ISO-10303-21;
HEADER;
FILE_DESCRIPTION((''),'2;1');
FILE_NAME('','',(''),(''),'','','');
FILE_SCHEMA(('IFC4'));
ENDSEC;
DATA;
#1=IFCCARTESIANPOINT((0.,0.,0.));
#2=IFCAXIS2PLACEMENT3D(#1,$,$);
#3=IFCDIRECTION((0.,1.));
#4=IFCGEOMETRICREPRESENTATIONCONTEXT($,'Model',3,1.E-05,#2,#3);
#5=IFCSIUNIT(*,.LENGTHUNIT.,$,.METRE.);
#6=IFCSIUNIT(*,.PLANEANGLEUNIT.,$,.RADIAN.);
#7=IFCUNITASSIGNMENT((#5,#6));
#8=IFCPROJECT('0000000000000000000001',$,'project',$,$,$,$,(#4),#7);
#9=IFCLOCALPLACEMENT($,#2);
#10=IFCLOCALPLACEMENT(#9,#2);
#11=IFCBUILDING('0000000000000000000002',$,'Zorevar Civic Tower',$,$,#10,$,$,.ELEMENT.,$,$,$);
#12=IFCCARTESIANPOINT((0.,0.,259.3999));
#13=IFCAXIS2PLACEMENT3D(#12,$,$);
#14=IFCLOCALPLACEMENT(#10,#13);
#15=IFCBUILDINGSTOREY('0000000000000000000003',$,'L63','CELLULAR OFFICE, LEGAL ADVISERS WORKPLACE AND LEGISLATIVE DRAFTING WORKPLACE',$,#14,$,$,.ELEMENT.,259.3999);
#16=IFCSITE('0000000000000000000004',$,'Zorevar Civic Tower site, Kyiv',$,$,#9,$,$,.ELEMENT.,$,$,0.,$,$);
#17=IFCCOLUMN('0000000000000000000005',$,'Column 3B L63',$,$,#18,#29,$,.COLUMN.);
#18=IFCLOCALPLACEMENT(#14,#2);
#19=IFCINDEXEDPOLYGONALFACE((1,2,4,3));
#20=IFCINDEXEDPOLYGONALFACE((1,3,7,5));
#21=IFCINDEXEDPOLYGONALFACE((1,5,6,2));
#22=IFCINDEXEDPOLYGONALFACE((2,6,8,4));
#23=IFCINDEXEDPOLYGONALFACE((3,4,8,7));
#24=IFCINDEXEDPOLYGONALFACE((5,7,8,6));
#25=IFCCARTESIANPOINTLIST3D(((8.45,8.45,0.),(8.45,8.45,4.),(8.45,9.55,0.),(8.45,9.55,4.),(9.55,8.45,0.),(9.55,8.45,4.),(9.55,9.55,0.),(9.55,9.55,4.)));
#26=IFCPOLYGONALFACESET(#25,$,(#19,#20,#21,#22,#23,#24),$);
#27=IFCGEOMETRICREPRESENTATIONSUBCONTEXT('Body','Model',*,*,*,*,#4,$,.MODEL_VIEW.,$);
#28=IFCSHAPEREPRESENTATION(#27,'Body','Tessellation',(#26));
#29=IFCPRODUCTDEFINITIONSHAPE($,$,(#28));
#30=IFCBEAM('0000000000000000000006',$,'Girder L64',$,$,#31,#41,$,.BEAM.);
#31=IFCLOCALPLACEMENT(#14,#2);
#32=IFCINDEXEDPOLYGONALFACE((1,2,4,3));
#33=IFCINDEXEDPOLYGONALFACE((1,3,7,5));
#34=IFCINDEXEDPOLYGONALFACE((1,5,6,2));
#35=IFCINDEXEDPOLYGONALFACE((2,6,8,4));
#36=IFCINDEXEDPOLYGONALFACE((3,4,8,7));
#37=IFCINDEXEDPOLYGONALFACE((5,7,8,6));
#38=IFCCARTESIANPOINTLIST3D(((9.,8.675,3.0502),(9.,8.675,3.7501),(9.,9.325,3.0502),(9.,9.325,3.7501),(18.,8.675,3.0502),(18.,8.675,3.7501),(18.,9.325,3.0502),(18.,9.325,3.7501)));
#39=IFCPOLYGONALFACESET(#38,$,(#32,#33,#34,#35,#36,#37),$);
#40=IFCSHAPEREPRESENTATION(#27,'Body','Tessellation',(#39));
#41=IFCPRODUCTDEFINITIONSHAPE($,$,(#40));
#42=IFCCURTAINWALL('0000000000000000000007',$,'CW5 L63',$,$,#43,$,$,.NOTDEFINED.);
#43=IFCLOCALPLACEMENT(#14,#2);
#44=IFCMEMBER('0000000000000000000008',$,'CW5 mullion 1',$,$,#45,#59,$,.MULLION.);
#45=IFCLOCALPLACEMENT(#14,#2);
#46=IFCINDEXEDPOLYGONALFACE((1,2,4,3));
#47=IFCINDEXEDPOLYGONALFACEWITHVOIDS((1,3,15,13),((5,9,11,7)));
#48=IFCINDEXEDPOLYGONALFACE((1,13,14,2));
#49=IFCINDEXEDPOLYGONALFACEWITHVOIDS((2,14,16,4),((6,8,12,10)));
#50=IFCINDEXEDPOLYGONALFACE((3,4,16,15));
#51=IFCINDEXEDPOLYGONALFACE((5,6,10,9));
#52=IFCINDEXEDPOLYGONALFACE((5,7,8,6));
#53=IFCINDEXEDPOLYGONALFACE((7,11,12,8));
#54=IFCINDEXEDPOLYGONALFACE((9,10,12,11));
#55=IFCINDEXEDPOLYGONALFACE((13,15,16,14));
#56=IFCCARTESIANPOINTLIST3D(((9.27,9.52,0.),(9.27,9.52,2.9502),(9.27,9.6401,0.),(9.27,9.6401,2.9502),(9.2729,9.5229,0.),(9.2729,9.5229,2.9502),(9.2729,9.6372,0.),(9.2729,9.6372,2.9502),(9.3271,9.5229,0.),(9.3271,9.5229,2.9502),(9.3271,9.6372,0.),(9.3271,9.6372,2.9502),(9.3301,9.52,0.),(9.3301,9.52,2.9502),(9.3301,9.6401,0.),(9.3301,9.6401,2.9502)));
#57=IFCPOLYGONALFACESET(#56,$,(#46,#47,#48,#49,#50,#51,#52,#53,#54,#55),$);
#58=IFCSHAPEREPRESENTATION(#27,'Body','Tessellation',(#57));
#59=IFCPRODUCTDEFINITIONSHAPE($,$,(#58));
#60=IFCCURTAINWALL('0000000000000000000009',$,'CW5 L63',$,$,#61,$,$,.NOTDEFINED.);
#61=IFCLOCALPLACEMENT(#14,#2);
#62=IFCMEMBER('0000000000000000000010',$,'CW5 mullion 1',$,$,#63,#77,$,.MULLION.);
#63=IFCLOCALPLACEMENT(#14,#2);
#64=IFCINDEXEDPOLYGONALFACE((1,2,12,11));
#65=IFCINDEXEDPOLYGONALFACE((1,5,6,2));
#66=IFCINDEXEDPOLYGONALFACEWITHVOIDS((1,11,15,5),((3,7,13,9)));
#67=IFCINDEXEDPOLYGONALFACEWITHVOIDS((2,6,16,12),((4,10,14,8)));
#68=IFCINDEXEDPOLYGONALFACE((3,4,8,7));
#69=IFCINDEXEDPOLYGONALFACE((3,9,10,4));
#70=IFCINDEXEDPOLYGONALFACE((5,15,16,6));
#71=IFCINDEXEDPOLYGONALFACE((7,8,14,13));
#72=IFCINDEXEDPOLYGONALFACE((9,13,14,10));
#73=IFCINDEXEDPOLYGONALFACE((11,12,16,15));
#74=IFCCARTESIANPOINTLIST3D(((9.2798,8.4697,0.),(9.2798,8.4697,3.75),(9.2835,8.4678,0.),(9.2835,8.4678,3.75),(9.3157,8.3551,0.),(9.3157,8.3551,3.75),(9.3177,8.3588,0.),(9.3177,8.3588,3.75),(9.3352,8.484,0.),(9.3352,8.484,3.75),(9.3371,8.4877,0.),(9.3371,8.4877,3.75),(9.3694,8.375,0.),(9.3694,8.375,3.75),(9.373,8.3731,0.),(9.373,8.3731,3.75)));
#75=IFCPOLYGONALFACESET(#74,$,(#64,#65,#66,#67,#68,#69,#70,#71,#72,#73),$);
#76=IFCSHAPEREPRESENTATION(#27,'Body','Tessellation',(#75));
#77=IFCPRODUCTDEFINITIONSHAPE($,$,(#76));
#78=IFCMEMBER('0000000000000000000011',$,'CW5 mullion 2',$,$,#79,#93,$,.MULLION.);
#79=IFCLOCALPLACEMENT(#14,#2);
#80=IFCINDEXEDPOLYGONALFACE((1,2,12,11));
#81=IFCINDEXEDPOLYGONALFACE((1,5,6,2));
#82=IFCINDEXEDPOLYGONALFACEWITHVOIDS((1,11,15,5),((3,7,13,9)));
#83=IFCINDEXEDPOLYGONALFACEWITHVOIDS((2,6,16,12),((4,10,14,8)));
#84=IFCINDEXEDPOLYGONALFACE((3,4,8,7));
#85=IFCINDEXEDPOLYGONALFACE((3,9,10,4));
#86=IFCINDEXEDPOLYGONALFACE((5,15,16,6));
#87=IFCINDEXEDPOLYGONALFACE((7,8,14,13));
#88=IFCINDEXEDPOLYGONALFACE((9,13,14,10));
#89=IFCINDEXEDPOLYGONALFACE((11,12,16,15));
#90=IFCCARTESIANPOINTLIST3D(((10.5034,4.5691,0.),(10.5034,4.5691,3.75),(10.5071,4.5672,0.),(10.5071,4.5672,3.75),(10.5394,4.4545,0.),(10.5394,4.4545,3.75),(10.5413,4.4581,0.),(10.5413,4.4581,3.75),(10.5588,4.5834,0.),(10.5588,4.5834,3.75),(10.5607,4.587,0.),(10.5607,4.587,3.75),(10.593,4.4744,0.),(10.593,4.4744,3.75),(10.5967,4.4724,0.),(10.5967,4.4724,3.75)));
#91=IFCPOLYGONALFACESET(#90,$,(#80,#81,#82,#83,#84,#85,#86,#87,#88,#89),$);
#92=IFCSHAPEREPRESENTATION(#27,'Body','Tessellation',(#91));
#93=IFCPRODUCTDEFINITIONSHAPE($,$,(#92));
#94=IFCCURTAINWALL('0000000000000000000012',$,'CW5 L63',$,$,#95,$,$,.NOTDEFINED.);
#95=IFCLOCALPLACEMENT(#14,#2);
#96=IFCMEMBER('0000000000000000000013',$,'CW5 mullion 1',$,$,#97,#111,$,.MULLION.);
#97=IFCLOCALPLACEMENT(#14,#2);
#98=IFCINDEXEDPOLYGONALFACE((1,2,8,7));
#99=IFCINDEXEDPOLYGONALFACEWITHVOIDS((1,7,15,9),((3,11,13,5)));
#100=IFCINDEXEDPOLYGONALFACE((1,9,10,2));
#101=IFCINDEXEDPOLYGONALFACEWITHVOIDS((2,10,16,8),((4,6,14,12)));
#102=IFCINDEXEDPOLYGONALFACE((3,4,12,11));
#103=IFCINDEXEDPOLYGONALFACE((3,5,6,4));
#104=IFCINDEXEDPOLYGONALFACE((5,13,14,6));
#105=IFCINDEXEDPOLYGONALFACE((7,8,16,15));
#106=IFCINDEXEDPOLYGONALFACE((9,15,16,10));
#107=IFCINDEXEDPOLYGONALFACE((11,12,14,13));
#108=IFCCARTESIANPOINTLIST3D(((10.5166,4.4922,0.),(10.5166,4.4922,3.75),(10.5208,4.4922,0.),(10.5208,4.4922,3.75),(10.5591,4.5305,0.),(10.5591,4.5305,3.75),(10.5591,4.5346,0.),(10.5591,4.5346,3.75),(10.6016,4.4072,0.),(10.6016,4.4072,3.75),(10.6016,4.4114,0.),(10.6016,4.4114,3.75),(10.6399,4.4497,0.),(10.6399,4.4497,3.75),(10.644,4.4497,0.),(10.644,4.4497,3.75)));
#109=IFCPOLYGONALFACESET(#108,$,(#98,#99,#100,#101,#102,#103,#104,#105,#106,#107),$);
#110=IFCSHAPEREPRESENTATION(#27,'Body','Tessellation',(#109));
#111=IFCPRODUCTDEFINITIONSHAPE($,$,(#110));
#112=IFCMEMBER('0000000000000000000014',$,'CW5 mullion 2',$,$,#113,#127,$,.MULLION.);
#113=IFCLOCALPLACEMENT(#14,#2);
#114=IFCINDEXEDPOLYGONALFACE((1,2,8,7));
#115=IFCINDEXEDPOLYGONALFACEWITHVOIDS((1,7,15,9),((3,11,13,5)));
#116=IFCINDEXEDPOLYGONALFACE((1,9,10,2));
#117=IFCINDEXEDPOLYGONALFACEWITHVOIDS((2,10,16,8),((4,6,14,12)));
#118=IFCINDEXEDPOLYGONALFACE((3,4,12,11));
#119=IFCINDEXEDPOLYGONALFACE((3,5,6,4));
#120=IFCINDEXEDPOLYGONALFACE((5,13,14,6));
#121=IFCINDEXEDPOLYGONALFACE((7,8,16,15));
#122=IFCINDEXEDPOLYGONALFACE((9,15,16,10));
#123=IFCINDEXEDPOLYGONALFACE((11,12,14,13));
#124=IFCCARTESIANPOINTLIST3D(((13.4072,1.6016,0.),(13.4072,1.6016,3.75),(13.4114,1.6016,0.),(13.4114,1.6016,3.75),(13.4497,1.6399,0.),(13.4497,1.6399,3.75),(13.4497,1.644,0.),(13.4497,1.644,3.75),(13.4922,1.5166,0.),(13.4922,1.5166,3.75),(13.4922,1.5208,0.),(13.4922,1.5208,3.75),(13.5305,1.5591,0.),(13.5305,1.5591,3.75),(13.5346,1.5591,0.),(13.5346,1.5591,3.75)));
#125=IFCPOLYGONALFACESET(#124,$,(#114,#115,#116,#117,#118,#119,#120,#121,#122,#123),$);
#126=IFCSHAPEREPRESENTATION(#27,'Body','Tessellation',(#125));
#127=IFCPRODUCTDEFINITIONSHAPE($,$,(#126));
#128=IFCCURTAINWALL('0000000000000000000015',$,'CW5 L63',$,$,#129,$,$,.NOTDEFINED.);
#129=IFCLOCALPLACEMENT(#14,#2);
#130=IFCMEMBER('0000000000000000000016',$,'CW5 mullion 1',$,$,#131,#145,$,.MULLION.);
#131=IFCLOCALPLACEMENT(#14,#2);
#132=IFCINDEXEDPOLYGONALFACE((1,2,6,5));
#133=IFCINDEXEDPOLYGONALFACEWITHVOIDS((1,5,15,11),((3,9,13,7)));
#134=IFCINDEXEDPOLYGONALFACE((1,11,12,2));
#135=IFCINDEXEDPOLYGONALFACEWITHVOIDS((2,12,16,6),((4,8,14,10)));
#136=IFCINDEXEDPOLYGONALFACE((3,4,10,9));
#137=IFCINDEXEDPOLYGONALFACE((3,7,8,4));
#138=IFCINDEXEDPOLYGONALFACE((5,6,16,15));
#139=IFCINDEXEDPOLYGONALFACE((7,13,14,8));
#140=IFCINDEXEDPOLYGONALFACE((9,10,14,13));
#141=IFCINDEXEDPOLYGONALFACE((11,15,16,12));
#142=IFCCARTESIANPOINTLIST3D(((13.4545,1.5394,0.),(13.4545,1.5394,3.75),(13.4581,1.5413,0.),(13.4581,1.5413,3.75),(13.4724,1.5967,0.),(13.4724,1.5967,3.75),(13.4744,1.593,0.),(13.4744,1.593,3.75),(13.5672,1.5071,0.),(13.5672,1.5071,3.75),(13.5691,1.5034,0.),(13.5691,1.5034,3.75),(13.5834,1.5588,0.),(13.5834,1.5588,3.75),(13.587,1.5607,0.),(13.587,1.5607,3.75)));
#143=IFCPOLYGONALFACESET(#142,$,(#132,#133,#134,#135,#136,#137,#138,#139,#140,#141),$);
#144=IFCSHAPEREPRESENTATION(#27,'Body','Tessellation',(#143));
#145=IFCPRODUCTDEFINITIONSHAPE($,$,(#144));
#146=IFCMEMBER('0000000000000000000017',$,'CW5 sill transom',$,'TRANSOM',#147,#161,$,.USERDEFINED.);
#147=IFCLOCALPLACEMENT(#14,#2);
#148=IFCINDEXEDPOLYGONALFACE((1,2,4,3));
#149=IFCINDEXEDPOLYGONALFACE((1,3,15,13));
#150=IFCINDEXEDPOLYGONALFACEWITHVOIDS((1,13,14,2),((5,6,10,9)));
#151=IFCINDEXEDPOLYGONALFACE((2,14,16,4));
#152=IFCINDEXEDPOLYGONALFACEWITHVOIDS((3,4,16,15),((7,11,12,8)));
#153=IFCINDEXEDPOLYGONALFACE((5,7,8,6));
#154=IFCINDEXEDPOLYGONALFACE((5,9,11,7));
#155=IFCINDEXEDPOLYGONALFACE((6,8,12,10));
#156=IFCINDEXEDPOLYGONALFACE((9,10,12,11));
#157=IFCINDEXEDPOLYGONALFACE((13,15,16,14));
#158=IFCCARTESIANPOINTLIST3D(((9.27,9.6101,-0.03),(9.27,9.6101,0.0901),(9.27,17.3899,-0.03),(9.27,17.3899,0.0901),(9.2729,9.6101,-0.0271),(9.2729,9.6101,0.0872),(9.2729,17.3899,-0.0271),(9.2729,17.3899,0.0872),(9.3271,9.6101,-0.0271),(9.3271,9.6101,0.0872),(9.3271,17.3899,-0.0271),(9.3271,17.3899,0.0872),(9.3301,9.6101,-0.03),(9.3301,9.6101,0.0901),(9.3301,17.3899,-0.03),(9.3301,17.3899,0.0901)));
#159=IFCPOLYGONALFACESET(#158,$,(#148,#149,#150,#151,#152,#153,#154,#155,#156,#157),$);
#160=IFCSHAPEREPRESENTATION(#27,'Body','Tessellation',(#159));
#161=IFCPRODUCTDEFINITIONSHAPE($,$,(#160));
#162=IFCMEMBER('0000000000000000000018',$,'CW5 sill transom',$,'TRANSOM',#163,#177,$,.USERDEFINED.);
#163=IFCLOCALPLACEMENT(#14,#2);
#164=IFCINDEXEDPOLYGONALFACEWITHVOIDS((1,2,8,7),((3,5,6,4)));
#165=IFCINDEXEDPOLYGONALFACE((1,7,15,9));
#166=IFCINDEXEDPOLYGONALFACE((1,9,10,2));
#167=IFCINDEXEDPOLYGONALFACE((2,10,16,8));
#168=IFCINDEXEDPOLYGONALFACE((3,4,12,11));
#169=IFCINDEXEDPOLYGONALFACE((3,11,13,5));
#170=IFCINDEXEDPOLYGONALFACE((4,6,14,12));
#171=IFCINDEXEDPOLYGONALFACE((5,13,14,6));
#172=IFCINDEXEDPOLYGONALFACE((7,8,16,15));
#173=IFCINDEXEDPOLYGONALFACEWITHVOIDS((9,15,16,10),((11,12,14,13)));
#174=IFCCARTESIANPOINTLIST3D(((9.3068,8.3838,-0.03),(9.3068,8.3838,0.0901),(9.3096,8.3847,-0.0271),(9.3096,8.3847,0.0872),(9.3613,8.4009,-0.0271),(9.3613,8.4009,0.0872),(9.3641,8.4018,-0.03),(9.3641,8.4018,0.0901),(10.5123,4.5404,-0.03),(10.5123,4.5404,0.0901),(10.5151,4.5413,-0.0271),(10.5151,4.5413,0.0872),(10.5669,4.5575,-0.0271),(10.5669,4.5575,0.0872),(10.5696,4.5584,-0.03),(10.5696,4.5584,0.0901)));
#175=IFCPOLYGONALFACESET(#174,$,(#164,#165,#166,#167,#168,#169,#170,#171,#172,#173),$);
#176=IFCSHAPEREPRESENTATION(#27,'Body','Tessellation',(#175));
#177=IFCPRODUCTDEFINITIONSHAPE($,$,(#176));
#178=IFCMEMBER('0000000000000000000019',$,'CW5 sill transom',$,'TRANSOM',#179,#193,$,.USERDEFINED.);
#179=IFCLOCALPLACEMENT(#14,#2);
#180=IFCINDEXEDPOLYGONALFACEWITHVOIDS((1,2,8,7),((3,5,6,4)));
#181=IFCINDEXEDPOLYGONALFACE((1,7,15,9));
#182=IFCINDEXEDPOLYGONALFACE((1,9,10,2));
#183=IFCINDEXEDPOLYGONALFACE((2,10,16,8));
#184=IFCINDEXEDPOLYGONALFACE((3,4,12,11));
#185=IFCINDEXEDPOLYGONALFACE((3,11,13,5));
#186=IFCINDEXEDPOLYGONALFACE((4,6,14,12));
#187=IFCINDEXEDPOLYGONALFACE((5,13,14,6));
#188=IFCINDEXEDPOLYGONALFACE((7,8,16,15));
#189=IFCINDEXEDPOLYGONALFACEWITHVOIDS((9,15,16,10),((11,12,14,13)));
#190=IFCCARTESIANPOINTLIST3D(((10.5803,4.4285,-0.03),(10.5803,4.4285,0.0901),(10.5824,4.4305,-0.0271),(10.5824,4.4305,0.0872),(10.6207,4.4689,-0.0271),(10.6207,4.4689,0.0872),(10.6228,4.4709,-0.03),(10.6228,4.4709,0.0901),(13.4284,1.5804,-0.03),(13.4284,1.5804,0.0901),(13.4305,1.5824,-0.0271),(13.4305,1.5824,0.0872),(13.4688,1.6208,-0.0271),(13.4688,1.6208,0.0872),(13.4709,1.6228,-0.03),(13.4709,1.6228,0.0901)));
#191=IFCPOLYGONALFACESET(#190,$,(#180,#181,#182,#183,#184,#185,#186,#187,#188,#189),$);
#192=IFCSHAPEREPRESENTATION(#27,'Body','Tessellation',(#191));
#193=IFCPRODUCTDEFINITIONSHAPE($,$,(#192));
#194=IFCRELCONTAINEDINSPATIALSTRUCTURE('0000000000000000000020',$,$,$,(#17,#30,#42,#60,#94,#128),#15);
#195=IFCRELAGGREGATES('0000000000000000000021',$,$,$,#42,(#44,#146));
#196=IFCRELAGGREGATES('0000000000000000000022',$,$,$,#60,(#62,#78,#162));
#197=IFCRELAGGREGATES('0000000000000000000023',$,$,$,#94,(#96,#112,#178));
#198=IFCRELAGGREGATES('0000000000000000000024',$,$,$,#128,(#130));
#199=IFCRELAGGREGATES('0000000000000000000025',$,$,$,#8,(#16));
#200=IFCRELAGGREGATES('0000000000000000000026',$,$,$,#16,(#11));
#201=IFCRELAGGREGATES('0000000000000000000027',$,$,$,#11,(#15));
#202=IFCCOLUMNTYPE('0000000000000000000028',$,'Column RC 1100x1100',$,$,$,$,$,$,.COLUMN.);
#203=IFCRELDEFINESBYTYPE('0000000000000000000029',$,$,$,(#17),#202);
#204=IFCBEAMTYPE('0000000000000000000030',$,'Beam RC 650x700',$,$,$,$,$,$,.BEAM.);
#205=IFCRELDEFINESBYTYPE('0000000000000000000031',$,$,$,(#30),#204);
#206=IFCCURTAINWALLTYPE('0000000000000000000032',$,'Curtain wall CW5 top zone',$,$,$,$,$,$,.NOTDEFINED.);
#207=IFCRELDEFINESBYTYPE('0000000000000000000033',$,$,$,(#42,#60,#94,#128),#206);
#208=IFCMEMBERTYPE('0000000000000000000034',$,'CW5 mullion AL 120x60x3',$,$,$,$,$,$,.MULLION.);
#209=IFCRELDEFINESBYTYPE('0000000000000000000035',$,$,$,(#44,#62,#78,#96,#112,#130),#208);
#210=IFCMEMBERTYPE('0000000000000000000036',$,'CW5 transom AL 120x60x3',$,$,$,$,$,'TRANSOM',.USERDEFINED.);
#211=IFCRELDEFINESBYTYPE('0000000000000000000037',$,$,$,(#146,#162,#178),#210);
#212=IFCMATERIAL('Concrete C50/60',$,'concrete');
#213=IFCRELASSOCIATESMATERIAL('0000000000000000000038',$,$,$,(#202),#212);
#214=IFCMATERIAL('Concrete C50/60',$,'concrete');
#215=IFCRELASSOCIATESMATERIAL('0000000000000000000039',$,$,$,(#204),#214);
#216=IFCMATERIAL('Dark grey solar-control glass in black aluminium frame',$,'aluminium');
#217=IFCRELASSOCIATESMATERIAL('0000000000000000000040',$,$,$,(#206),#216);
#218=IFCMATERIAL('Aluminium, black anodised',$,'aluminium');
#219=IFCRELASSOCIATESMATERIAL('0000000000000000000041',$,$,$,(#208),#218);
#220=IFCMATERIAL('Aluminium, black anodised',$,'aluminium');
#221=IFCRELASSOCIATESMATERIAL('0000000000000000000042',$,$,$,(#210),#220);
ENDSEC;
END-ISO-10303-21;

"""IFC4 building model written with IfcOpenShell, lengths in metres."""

from ifc_helpers import new_model, si_unit, direction, frame, origin, origin_2d, place, context, subcontext, project, spatial, rectangle, hollow_rectangle, extrude, material, material_profile, profile_set, type_object, element, aggregate, save


model = new_model("IFC4")

# Units and contexts
model_context = context("Model", 3, precision=1e-05, world=origin(), true_north=direction((0.0, 1.0)))
body_context = subcontext(model_context, "Body", "Model", "MODEL_VIEW")
ifc_project = project(units=[si_unit("LENGTHUNIT", "METRE"), si_unit("PLANEANGLEUNIT", "RADIAN")], contexts=[model_context])

# Site, building, storey
site_placement = place(None, origin())
site = spatial("IfcSite", under=ifc_project, at=site_placement, Name="Zorevar Civic Tower site, Kyiv", CompositionType="ELEMENT", RefElevation=0.0)
building_placement = place(site_placement, origin())
building = spatial("IfcBuilding", under=site, at=building_placement, Name="Zorevar Civic Tower", CompositionType="ELEMENT")
storey_placement = place(building_placement, frame((0.0, 0.0, 259.3999)))
storey = spatial("IfcBuildingStorey", under=building, at=storey_placement, Name="L63", Description="CELLULAR OFFICE, LEGAL ADVISERS WORKPLACE AND LEGISLATIVE DRAFTING WORKPLACE", CompositionType="ELEMENT", Elevation=259.3999)

# Column
ifc_material_1 = material(Name="Concrete C50/60", Category="concrete")
ifc_material_profile_1 = material_profile(ifc_material_1, rectangle(XDim=1.1001, YDim=1.1001, at=origin_2d()), Name="RC 1100x1100")
ifc_profile_set_1 = profile_set([ifc_material_profile_1], Name="Concrete C50/60")
column_type = type_object("IfcColumnType", Name="Column RC 1100x1100", PredefinedType="COLUMN", material=ifc_profile_set_1)
column_placement = place(storey_placement, frame((9.0, 9.0, 0.0), z_axis=(0.0, 0.0, 1.0), x_axis=(1.0, 0.0, 0.0)))
element("IfcColumn", 1, at=column_placement, inside=storey, type_object=column_type, Name="Column 3B L63", PredefinedType="COLUMN", context=body_context, shape_type="SweptSolid", body=[
    extrude(rectangle(XDim=1.1001, YDim=1.1001, at=origin_2d()), origin(), (0.0, 0.0, 1.0), 4.0),
])

# Beam
ifc_material_2 = material(Name="Concrete C50/60", Category="concrete")
ifc_material_profile_2 = material_profile(ifc_material_2, rectangle(XDim=0.6499, YDim=0.7, at=origin_2d()), Name="RC 650x700")
ifc_profile_set_2 = profile_set([ifc_material_profile_2], Name="Concrete C50/60")
beam_type_1 = type_object("IfcBeamType", Name="Beam RC 650x700", PredefinedType="BEAM", material=ifc_profile_set_2)
beam_1_placement = place(storey_placement, frame((9.0, 9.0, 3.4001), z_axis=(1.0, 0.0, 0.0), x_axis=(0.0, 1.0, 0.0)))
element("IfcBeam", 2, at=beam_1_placement, inside=storey, type_object=beam_type_1, Name="Girder L64", PredefinedType="BEAM", context=body_context, shape_type="SweptSolid", body=[
    extrude(rectangle(XDim=0.6499, YDim=0.7, at=origin_2d()), origin(), (0.0, 0.0, 1.0), 9.0),
])

# Curtain wall, member
ifc_material_3 = material(Name="Dark grey solar-control glass in black aluminium frame", Category="aluminium")
curtain_wall_type = type_object("IfcCurtainWallType", Name="Curtain wall CW5 top zone", PredefinedType="NOTDEFINED", material=ifc_material_3)
curtain_wall_1_placement = place(storey_placement, origin())
curtain_wall_1 = element("IfcCurtainWall", 3, at=curtain_wall_1_placement, inside=storey, type_object=curtain_wall_type, Name="CW5 L63", PredefinedType="NOTDEFINED")
ifc_material_4 = material(Name="Aluminium, black anodised", Category="aluminium")
ifc_material_profile_3 = material_profile(ifc_material_4, hollow_rectangle(XDim=0.0601, YDim=0.1201, WallThickness=0.0029, at=origin_2d()), Name="AL 120x60x3")
ifc_profile_set_3 = profile_set([ifc_material_profile_3], Name="Aluminium, black anodised")
member_type_1 = type_object("IfcMemberType", Name="CW5 mullion AL 120x60x3", PredefinedType="MULLION", material=ifc_profile_set_3)
member_1_placement = place(storey_placement, frame((9.3, 9.5801, 0.0), z_axis=(0.0, 0.0, 1.0), x_axis=(-1.0, 0.0, 0.0)))
member_1 = element("IfcMember", 4, at=member_1_placement, type_object=member_type_1, Name="CW5 mullion 1", PredefinedType="MULLION", context=body_context, shape_type="SweptSolid", body=[
    extrude(hollow_rectangle(XDim=0.0601, YDim=0.1201, WallThickness=0.0029, at=origin_2d()), origin(), (0.0, 0.0, 1.0), 2.9502),
])

# Curtain walls, members
curtain_wall_2_placement = place(storey_placement, origin())
curtain_wall_2 = element("IfcCurtainWall", 5, at=curtain_wall_2_placement, inside=storey, type_object=curtain_wall_type, Name="CW5 L63", PredefinedType="NOTDEFINED")
member_2_placement = place(storey_placement, frame((9.3264, 8.4214, 0.0), z_axis=(0.0, 0.0, 1.0), x_axis=(0.954153, 0.299318, 0.0)))
member_2 = element("IfcMember", 6, at=member_2_placement, type_object=member_type_1, Name="CW5 mullion 1", PredefinedType="MULLION", context=body_context, shape_type="SweptSolid", body=[
    extrude(hollow_rectangle(XDim=0.0601, YDim=0.1201, WallThickness=0.0029, at=origin_2d()), origin(), (0.0, 0.0, 1.0), 3.75),
])
member_3_placement = place(storey_placement, frame((10.55, 4.5208, 0.0), z_axis=(0.0, 0.0, 1.0), x_axis=(0.954153, 0.299318, 0.0)))
member_3 = element("IfcMember", 7, at=member_3_placement, type_object=member_type_1, Name="CW5 mullion 2", PredefinedType="MULLION", context=body_context, shape_type="SweptSolid", body=[
    extrude(hollow_rectangle(XDim=0.0601, YDim=0.1201, WallThickness=0.0029, at=origin_2d()), origin(), (0.0, 0.0, 1.0), 3.75),
])
curtain_wall_3_placement = place(storey_placement, origin())
curtain_wall_3 = element("IfcCurtainWall", 8, at=curtain_wall_3_placement, inside=storey, type_object=curtain_wall_type, Name="CW5 L63", PredefinedType="NOTDEFINED")
member_4_placement = place(storey_placement, frame((10.5803, 4.4709, 0.0), z_axis=(0.0, 0.0, 1.0), x_axis=(0.707107, 0.707107, 0.0)))
member_4 = element("IfcMember", 9, at=member_4_placement, type_object=member_type_1, Name="CW5 mullion 1", PredefinedType="MULLION", context=body_context, shape_type="SweptSolid", body=[
    extrude(hollow_rectangle(XDim=0.0601, YDim=0.1201, WallThickness=0.0029, at=origin_2d()), origin(), (0.0, 0.0, 1.0), 3.75),
])
member_5_placement = place(storey_placement, frame((13.4709, 1.5803, 0.0), z_axis=(0.0, 0.0, 1.0), x_axis=(0.707107, 0.707107, 0.0)))
member_5 = element("IfcMember", 10, at=member_5_placement, type_object=member_type_1, Name="CW5 mullion 2", PredefinedType="MULLION", context=body_context, shape_type="SweptSolid", body=[
    extrude(hollow_rectangle(XDim=0.0601, YDim=0.1201, WallThickness=0.0029, at=origin_2d()), origin(), (0.0, 0.0, 1.0), 3.75),
])

# Curtain wall, member
curtain_wall_4_placement = place(storey_placement, origin())
curtain_wall_4 = element("IfcCurtainWall", 11, at=curtain_wall_4_placement, inside=storey, type_object=curtain_wall_type, Name="CW5 L63", PredefinedType="NOTDEFINED")
member_6_placement = place(storey_placement, frame((13.5208, 1.55, 0.0), z_axis=(0.0, 0.0, 1.0), x_axis=(0.299318, 0.954153, 0.0)))
member_6 = element("IfcMember", 12, at=member_6_placement, type_object=member_type_1, Name="CW5 mullion 1", PredefinedType="MULLION", context=body_context, shape_type="SweptSolid", body=[
    extrude(hollow_rectangle(XDim=0.0601, YDim=0.1201, WallThickness=0.0029, at=origin_2d()), origin(), (0.0, 0.0, 1.0), 3.75),
])

# Members
ifc_material_5 = material(Name="Aluminium, black anodised", Category="aluminium")
ifc_material_profile_4 = material_profile(ifc_material_5, hollow_rectangle(XDim=0.0601, YDim=0.1201, WallThickness=0.0029, at=origin_2d()), Name="AL 120x60x3")
ifc_profile_set_4 = profile_set([ifc_material_profile_4], Name="Aluminium, black anodised")
member_type_2 = type_object("IfcMemberType", Name="CW5 transom AL 120x60x3", ElementType="TRANSOM", PredefinedType="USERDEFINED", material=ifc_profile_set_4)
member_7_placement = place(storey_placement, frame((9.3, 9.6101, 0.03), z_axis=(0.0, 1.0, 0.0), x_axis=(-1.0, 0.0, 0.0)))
member_7 = element("IfcMember", 13, at=member_7_placement, type_object=member_type_2, Name="CW5 sill transom", ObjectType="TRANSOM", PredefinedType="USERDEFINED", context=body_context, shape_type="SweptSolid", body=[
    extrude(hollow_rectangle(XDim=0.0601, YDim=0.1201, WallThickness=0.0029, at=origin_2d()), origin(), (0.0, 0.0, 1.0), 7.7798),
])
aggregate(curtain_wall_1, [member_1, member_7])
member_8_placement = place(storey_placement, frame((9.3354, 8.3928, 0.03), z_axis=(0.299286, -0.954163, 0.0), x_axis=(0.954163, 0.299286, 0.0)))
member_8 = element("IfcMember", 14, at=member_8_placement, type_object=member_type_2, Name="CW5 sill transom", ObjectType="TRANSOM", PredefinedType="USERDEFINED", context=body_context, shape_type="SweptSolid", body=[
    extrude(hollow_rectangle(XDim=0.0601, YDim=0.1201, WallThickness=0.0029, at=origin_2d()), origin(), (0.0, 0.0, 1.0), 4.0281),
])
member_9_placement = place(storey_placement, frame((10.6016, 4.4497, 0.03), z_axis=(0.707107, -0.707107, 0.0), x_axis=(0.707107, 0.707107, 0.0)))
member_9 = element("IfcMember", 15, at=member_9_placement, type_object=member_type_2, Name="CW5 sill transom", ObjectType="TRANSOM", PredefinedType="USERDEFINED", context=body_context, shape_type="SweptSolid", body=[
    extrude(hollow_rectangle(XDim=0.0601, YDim=0.1201, WallThickness=0.0029, at=origin_2d()), origin(), (0.0, 0.0, 1.0), 4.0278),
])

aggregate(curtain_wall_2, [member_2, member_3, member_8])
aggregate(curtain_wall_3, [member_4, member_5, member_9])
aggregate(curtain_wall_4, [member_6])

save(model, "model.ifc")
